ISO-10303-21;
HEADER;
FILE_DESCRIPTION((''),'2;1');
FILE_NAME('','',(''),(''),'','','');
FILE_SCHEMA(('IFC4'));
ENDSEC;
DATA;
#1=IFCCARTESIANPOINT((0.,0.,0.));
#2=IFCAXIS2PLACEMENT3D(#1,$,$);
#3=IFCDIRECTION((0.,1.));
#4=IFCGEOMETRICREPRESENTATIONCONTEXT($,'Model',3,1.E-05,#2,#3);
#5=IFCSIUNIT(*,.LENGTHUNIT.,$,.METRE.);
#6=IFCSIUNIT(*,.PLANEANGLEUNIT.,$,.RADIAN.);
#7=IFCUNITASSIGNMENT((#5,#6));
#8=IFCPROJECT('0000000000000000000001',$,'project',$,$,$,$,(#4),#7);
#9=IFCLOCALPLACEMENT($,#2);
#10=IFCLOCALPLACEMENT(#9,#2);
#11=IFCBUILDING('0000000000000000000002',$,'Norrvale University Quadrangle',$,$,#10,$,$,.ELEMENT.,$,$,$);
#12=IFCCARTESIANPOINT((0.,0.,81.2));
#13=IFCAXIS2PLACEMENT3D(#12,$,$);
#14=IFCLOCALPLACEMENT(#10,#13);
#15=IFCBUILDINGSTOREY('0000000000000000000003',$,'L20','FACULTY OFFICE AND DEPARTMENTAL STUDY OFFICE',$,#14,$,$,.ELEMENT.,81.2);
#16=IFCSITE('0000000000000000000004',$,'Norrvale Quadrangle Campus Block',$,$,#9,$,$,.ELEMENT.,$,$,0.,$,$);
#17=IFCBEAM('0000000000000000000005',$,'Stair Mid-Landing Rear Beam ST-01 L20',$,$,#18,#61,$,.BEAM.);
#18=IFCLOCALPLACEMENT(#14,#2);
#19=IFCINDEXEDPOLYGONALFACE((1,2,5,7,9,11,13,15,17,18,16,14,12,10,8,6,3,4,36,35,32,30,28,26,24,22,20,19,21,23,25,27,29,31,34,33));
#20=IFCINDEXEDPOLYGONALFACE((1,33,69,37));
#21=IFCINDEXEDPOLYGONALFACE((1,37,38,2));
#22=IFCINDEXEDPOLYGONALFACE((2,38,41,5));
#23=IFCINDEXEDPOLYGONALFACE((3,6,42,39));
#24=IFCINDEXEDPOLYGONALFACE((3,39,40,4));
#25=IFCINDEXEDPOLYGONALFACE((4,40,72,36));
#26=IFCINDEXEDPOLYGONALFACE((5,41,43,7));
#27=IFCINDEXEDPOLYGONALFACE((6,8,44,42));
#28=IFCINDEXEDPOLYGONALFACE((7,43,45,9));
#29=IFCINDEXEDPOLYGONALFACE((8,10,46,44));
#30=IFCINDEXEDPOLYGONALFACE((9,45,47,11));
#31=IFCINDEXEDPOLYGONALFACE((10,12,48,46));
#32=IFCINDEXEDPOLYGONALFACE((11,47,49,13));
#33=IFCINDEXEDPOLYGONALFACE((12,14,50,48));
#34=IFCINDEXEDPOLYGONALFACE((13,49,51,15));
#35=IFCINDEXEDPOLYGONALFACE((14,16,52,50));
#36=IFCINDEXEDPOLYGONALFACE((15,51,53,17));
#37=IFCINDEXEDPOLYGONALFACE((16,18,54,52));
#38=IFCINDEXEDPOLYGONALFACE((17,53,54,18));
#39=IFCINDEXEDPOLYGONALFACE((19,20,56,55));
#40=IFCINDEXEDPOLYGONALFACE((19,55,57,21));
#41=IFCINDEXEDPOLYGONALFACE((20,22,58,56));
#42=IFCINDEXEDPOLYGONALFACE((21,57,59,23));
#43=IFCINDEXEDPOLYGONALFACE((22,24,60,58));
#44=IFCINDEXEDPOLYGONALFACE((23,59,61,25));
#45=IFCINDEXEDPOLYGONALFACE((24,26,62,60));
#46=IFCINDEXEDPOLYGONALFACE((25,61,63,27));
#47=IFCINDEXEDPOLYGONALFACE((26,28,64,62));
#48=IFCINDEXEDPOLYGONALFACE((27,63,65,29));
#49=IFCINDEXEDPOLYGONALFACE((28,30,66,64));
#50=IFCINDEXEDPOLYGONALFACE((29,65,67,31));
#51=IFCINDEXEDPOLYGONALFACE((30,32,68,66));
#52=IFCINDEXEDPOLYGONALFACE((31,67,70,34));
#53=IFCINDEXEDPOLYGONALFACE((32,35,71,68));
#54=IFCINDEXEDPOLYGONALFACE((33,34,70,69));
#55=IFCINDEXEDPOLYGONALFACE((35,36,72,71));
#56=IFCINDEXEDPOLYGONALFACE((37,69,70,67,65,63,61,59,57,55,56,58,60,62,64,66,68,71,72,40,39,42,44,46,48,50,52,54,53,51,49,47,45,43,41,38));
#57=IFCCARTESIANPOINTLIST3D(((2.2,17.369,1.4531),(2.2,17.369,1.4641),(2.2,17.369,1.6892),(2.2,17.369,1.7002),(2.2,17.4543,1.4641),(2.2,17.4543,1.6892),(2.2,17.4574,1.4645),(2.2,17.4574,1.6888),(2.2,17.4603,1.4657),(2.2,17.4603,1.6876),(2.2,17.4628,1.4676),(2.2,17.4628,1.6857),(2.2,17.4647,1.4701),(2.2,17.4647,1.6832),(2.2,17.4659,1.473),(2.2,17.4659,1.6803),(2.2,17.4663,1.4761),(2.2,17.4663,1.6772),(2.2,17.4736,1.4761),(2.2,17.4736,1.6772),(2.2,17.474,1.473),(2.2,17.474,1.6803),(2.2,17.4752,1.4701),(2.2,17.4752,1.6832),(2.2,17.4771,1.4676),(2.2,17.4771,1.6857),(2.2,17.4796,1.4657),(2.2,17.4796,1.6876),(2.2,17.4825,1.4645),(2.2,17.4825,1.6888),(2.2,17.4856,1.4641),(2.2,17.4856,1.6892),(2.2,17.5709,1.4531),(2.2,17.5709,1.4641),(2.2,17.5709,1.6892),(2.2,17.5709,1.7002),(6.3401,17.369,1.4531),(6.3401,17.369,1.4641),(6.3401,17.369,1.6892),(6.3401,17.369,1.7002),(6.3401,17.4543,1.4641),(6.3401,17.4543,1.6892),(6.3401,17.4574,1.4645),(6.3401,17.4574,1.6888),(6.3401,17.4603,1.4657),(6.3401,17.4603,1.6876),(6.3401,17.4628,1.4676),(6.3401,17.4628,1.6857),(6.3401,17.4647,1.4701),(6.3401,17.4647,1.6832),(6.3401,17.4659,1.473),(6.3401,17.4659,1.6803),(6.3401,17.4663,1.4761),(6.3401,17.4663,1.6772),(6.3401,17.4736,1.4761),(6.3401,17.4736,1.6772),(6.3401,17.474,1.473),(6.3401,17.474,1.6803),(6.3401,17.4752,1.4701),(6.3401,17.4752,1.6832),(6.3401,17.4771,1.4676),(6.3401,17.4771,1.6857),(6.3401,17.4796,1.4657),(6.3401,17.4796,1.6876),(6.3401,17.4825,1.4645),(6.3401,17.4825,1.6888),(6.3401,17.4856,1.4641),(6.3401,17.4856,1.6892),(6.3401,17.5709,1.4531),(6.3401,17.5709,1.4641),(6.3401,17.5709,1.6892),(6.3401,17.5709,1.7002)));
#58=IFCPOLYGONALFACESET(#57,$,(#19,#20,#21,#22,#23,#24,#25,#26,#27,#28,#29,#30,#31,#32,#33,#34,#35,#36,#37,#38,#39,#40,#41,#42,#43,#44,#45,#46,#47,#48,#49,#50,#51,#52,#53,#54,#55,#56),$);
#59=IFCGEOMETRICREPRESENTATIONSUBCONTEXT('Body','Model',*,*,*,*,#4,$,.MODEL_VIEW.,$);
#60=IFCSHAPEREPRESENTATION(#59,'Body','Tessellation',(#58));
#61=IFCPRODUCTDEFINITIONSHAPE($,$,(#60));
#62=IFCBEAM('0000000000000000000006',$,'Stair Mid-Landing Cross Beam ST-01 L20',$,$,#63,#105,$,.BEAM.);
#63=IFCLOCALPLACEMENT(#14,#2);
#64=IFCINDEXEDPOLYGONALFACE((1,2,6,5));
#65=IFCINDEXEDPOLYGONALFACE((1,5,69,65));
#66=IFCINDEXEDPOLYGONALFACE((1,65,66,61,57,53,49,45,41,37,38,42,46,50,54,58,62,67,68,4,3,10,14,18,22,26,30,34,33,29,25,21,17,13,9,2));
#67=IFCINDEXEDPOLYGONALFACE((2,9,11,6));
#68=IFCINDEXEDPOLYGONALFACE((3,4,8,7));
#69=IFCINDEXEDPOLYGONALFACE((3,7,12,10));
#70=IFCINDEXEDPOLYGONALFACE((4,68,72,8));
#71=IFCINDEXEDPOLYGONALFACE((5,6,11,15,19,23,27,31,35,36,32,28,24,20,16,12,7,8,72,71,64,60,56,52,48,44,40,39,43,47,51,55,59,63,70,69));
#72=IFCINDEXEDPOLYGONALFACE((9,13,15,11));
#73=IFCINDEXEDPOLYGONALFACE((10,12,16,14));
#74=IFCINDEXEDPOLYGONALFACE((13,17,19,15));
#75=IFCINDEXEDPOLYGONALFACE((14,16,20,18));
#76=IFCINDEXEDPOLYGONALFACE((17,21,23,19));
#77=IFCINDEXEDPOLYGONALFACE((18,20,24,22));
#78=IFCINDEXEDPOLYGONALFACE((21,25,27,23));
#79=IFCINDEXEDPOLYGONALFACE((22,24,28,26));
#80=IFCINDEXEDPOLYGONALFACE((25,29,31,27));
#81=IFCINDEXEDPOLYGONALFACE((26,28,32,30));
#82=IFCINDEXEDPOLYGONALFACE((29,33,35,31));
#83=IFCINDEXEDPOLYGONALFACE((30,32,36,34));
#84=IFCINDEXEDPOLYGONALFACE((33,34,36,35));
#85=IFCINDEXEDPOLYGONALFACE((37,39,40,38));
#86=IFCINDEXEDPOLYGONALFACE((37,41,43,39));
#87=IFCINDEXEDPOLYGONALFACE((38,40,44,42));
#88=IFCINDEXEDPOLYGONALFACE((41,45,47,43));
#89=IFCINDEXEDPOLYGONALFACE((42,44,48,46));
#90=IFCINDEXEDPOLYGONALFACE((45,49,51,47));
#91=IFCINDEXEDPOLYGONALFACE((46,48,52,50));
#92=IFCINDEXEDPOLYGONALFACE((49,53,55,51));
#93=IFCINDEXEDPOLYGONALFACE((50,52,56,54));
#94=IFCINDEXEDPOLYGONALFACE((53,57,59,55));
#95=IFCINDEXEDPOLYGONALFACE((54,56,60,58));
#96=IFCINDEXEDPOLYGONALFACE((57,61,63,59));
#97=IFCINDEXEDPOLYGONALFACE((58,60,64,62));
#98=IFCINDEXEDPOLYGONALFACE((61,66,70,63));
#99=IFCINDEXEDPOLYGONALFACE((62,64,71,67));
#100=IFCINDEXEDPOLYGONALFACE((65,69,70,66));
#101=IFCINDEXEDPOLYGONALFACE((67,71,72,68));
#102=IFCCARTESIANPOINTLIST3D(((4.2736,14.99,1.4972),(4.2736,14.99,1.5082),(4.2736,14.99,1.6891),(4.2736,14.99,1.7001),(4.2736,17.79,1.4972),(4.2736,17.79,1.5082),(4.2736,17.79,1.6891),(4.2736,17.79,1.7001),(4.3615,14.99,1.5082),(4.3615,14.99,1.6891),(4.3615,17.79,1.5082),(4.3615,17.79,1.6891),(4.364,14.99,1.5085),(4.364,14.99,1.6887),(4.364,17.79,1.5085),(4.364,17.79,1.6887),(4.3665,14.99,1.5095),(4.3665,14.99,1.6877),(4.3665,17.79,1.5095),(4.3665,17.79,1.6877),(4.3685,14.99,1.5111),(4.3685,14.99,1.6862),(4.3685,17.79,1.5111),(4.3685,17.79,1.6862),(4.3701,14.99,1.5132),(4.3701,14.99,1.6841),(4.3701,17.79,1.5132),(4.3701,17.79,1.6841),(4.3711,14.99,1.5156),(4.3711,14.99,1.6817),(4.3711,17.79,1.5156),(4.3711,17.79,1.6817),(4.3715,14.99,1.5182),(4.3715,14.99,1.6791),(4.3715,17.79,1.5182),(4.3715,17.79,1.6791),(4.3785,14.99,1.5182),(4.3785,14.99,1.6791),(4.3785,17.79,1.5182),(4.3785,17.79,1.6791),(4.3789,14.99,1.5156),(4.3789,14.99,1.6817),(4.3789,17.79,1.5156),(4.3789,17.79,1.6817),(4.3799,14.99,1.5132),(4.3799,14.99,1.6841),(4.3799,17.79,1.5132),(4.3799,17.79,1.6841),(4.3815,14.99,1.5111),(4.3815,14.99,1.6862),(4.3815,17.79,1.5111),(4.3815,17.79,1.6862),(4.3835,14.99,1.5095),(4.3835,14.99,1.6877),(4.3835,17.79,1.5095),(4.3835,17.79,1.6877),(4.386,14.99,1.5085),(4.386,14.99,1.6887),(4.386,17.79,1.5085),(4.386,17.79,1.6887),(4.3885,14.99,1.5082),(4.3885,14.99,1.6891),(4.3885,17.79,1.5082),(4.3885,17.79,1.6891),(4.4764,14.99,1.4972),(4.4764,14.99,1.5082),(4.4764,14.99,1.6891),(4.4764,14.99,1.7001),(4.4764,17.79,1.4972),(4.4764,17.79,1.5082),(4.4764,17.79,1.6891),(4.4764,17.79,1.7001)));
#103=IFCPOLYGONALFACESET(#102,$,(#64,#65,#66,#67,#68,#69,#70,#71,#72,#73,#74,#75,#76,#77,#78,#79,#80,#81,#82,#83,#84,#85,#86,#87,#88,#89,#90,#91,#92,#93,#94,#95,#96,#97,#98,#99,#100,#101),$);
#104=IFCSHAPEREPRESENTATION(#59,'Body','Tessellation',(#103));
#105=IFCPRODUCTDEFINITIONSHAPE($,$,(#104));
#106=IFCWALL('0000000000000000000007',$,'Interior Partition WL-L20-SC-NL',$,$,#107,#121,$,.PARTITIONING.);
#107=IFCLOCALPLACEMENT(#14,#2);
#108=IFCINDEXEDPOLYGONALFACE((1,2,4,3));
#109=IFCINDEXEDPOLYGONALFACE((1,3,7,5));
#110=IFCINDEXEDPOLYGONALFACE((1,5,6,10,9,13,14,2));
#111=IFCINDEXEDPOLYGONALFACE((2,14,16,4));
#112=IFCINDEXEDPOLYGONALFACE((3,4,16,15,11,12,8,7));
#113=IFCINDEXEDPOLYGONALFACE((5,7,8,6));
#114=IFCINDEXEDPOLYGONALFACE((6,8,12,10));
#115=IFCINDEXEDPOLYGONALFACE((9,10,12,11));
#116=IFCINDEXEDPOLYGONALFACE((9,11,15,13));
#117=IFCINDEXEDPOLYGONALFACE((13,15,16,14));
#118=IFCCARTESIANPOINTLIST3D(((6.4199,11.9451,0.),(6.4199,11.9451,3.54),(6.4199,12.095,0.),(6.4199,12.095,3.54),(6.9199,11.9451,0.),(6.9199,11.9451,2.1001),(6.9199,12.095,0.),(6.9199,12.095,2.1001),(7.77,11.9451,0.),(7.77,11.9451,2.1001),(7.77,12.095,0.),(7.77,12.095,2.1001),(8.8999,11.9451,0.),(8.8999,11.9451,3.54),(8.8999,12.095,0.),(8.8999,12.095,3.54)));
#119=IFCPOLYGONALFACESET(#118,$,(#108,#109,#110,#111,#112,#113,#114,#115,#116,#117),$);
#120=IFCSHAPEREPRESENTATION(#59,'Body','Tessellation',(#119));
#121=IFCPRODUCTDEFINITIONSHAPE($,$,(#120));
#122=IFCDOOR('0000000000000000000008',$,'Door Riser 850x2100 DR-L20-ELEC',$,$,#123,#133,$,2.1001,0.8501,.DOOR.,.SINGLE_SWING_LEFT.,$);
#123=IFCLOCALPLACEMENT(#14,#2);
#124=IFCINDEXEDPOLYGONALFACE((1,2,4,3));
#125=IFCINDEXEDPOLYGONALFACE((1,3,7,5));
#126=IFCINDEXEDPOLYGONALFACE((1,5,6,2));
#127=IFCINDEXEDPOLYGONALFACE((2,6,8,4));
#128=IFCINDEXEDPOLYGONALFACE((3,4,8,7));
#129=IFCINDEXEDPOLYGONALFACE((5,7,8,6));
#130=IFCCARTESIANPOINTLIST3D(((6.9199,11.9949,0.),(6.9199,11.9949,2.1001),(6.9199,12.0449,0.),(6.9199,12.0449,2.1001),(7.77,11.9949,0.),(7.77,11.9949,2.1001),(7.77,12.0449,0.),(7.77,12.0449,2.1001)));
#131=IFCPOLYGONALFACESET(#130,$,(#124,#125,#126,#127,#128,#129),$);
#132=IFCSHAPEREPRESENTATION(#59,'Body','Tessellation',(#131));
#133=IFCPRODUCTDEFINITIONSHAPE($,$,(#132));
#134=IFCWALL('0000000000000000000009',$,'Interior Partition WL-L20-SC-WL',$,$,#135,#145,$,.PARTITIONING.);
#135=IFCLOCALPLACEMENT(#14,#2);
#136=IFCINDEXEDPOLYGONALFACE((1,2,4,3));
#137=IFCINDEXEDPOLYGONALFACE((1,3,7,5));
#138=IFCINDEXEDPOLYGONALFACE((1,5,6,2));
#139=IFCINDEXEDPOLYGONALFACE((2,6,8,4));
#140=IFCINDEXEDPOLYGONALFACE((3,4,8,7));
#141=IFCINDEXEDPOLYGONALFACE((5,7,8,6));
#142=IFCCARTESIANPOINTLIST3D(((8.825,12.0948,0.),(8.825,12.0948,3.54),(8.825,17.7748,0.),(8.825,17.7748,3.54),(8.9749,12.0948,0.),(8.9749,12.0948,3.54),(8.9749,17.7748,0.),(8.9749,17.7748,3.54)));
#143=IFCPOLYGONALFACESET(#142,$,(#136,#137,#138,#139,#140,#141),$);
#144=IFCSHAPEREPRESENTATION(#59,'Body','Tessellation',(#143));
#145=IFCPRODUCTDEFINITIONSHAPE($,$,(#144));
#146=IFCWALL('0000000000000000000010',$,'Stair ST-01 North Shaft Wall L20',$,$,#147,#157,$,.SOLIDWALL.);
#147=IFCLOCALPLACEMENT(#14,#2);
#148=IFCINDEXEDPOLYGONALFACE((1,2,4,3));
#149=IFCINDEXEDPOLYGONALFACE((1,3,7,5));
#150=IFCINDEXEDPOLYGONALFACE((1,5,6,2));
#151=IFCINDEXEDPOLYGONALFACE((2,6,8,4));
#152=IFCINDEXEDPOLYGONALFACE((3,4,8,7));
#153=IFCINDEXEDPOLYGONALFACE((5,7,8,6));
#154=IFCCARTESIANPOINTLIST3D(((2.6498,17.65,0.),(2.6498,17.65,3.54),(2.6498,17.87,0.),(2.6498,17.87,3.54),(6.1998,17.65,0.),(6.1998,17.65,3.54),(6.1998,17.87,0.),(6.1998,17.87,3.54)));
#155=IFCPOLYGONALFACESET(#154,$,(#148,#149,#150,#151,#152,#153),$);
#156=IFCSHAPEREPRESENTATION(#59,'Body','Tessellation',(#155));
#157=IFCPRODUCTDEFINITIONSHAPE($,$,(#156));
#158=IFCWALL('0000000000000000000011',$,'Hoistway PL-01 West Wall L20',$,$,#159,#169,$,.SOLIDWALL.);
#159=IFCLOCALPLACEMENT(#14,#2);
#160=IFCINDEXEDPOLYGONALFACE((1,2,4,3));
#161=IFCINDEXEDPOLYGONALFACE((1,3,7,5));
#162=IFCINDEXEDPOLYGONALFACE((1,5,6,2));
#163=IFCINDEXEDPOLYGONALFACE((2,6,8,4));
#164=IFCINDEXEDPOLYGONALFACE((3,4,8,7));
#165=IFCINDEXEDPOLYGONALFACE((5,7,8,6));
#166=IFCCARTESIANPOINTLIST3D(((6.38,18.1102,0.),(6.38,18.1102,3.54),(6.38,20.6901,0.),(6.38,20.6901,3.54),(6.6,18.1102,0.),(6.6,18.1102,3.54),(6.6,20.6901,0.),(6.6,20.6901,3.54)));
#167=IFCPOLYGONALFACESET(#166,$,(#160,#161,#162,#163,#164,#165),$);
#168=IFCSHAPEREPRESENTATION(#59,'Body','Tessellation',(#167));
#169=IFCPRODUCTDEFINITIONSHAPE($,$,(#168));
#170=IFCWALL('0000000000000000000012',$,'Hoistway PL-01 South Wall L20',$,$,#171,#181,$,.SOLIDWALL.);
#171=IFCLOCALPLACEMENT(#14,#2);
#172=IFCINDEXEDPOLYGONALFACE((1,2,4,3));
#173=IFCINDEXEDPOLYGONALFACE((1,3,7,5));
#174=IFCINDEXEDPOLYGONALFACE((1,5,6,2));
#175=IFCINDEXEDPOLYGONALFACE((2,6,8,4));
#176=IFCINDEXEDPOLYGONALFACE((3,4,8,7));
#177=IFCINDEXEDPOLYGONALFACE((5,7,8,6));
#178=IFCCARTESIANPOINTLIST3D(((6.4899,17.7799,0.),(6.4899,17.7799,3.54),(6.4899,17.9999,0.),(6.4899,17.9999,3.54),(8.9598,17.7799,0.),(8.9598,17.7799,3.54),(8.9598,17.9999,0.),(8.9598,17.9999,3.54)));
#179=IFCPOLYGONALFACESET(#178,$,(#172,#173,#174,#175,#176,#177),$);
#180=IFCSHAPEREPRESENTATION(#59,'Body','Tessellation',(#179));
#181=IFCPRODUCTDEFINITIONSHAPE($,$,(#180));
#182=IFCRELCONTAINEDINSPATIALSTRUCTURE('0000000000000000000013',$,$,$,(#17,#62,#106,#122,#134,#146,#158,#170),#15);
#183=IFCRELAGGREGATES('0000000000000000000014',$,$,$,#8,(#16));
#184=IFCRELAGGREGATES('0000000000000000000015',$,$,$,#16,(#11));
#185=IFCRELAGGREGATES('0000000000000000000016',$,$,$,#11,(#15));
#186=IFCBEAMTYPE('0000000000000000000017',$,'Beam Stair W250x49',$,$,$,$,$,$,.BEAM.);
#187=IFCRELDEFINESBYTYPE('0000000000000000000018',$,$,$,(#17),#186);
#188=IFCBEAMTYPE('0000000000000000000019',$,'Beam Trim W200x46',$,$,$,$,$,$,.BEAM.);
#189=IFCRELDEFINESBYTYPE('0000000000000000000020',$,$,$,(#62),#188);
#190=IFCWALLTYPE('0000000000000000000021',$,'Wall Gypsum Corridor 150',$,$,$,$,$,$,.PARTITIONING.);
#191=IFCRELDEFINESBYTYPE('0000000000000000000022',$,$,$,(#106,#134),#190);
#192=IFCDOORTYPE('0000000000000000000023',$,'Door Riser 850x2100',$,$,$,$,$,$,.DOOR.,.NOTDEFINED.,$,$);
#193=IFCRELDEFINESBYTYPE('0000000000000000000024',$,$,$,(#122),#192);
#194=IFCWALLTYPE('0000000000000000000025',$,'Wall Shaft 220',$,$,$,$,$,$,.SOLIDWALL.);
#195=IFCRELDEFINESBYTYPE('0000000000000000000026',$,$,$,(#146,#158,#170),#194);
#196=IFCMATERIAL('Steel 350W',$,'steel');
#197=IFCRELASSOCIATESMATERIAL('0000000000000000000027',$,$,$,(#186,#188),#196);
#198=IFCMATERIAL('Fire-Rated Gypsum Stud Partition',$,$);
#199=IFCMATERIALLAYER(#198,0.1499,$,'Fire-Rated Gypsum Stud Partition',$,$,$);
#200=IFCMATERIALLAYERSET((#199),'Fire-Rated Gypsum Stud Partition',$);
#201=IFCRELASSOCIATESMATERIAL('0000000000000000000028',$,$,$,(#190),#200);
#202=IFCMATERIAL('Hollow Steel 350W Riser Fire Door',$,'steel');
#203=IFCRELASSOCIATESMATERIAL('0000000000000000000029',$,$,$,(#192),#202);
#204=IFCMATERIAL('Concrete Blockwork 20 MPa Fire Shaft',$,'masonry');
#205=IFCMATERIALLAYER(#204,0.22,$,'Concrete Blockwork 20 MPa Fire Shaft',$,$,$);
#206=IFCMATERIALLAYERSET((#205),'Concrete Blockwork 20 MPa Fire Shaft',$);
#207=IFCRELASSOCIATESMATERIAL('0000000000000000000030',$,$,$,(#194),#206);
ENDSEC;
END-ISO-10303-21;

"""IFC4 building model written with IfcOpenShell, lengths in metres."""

from ifc_helpers import new_model, si_unit, direction, frame, frame_2d, origin, origin_2d, place, context, subcontext, project, spatial, rectangle, i_section, extrude, material, layer, layer_set, material_profile, profile_set, type_object, element, fill, save


model = new_model("IFC4")

# Units and contexts
model_context = context("Model", 3, precision=1e-05, world=origin(), true_north=direction((0.0, 1.0)))
body_context = subcontext(model_context, "Body", "Model", "MODEL_VIEW")
ifc_project = project(units=[si_unit("LENGTHUNIT", "METRE"), si_unit("PLANEANGLEUNIT", "RADIAN")], contexts=[model_context])

# Site, building, storey
site_placement = place(None, origin())
site = spatial("IfcSite", under=ifc_project, at=site_placement, Name="Norrvale Quadrangle Campus Block", CompositionType="ELEMENT", RefElevation=0.0)
building_placement = place(site_placement, origin())
building = spatial("IfcBuilding", under=site, at=building_placement, Name="Norrvale University Quadrangle", CompositionType="ELEMENT")
storey_placement = place(building_placement, frame((0.0, 0.0, 81.2)))
storey = spatial("IfcBuildingStorey", under=building, at=storey_placement, Name="L20", Description="FACULTY OFFICE AND DEPARTMENTAL STUDY OFFICE", CompositionType="ELEMENT", Elevation=81.2)

# Beams
ifc_material_1 = material(Name="Steel 350W", Category="steel")
ifc_material_profile_1 = material_profile(ifc_material_1, i_section(OverallWidth=0.2019, OverallDepth=0.2471, WebThickness=0.0073, FlangeThickness=0.011, FilletRadius=0.012, at=origin_2d()), Name="Steel 350W")
ifc_profile_set_1 = profile_set([ifc_material_profile_1], Name="Steel 350W")
beam_type_1 = type_object("IfcBeamType", Name="Beam Stair W250x49", PredefinedType="BEAM", material=ifc_profile_set_1)
for number, where, z_axis, x_axis, name in (
    (1, (2.2, 17.47, 1.5767), (1.0, 0.0, 0.0), (0.0, 1.0, 0.0), "Stair Mid-Landing Rear Beam ST-01 L20"),
):
    element("IfcBeam", number, at=place(storey_placement, frame(where, z_axis=z_axis, x_axis=x_axis)), inside=storey, type_object=beam_type_1, Name=name, PredefinedType="BEAM", context=body_context, shape_type="SweptSolid", body=[
        extrude(i_section(OverallWidth=0.2019, OverallDepth=0.2471, WebThickness=0.0073, FlangeThickness=0.011, FilletRadius=0.012, at=origin_2d()), origin(), (0.0, 0.0, 1.0), 4.1401),
    ])
ifc_material_profile_2 = material_profile(ifc_material_1, i_section(OverallWidth=0.2029, OverallDepth=0.2029, WebThickness=0.0071, FlangeThickness=0.011, FilletRadius=0.01, at=origin_2d()), Name="Steel 350W")
ifc_profile_set_2 = profile_set([ifc_material_profile_2], Name="Steel 350W")
beam_type_2 = type_object("IfcBeamType", Name="Beam Trim W200x46", PredefinedType="BEAM", material=ifc_profile_set_2)
beam_1_placement = place(storey_placement, frame((4.375, 14.99, 1.5986), z_axis=(0.0, 1.0, 0.0), x_axis=(-1.0, 0.0, 0.0)))
element("IfcBeam", 2, at=beam_1_placement, inside=storey, type_object=beam_type_2, Name="Stair Mid-Landing Cross Beam ST-01 L20", PredefinedType="BEAM", context=body_context, shape_type="SweptSolid", body=[
    extrude(i_section(OverallWidth=0.2029, OverallDepth=0.2029, WebThickness=0.0071, FlangeThickness=0.011, FilletRadius=0.01, at=origin_2d()), origin(), (0.0, 0.0, 1.0), 2.8),
])

# Wall, opening, door
ifc_material_2 = material(Name="Fire-Rated Gypsum Stud Partition")
ifc_layer_1 = layer(ifc_material_2, 0.1499, Name="Fire-Rated Gypsum Stud Partition")
ifc_layer_set_1 = layer_set([ifc_layer_1], Name="Fire-Rated Gypsum Stud Partition")
wall_type_1 = type_object("IfcWallType", Name="Wall Gypsum Corridor 150", PredefinedType="PARTITIONING", material=ifc_layer_set_1)
wall_1_placement = place(storey_placement, frame((6.4199, 12.02, 0.0), z_axis=(0.0, 0.0, 1.0), x_axis=(1.0, 0.0, 0.0)))
wall_1 = element("IfcWall", 3, at=wall_1_placement, inside=storey, type_object=wall_type_1, Name="Interior Partition WL-L20-SC-NL", PredefinedType="PARTITIONING", context=body_context, shape_type="SweptSolid", body=[
    extrude(rectangle(XDim=2.48, YDim=0.1499, at=frame_2d((1.24, 0.0))), origin(), (0.0, 0.0, 1.0), 3.54),
])
opening_placement = place(wall_1_placement, frame((0.5, 0.0, 0.0)))
opening = element("IfcOpeningElement", 4, at=opening_placement, cuts=wall_1, PredefinedType="OPENING", context=body_context, shape_type="SweptSolid", body=[
    extrude(rectangle(XDim=0.8501, YDim=2.1001, at=frame_2d((0.425, 1.05))), frame((0.0, 0.0869, 0.0), z_axis=(0.0, -1.0, 0.0), x_axis=(1.0, 0.0, 0.0)), (0.0, 0.0, 1.0), 0.1738),
])
ifc_material_3 = material(Name="Hollow Steel 350W Riser Fire Door", Category="steel")
door_type = type_object("IfcDoorType", Name="Door Riser 850x2100", OperationType="NOTDEFINED", PredefinedType="DOOR", material=ifc_material_3)
door_placement = place(opening_placement, origin())
door = element("IfcDoor", 5, at=door_placement, inside=storey, type_object=door_type, Name="Door Riser 850x2100 DR-L20-ELEC", OperationType="SINGLE_SWING_LEFT", OverallHeight=2.1001, OverallWidth=0.8501, PredefinedType="DOOR", context=body_context, shape_type="SweptSolid", body=[
    extrude(rectangle(XDim=0.8501, YDim=2.1001, at=frame_2d((0.425, 1.05))), frame((0.0, 0.0249, 0.0), z_axis=(0.0, -1.0, 0.0), x_axis=(1.0, 0.0, 0.0)), (0.0, 0.0, 1.0), 0.05),
])
fill(opening, door)

# Walls
wall_2_placement = place(storey_placement, frame((8.8999, 12.095, 0.0), z_axis=(0.0, 0.0, 1.0), x_axis=(0.0, 1.0, 0.0)))
element("IfcWall", 6, at=wall_2_placement, inside=storey, type_object=wall_type_1, Name="Interior Partition WL-L20-SC-WL", PredefinedType="PARTITIONING", context=body_context, shape_type="SweptSolid", body=[
    extrude(rectangle(XDim=5.6799, YDim=0.1499, at=frame_2d((2.8398, 0.0))), origin(), (0.0, 0.0, 1.0), 3.54),
])
ifc_material_4 = material(Name="Concrete Blockwork 20 MPa Fire Shaft", Category="masonry")
ifc_layer_2 = layer(ifc_material_4, 0.22, Name="Concrete Blockwork 20 MPa Fire Shaft")
ifc_layer_set_2 = layer_set([ifc_layer_2], Name="Concrete Blockwork 20 MPa Fire Shaft")
wall_type_2 = type_object("IfcWallType", Name="Wall Shaft 220", PredefinedType="SOLIDWALL", material=ifc_layer_set_2)
wall_3_placement = place(storey_placement, frame((2.6499, 17.76, 0.0), z_axis=(0.0, 0.0, 1.0), x_axis=(1.0, 0.0, 0.0)))
element("IfcWall", 7, at=wall_3_placement, inside=storey, type_object=wall_type_2, Name="Stair ST-01 North Shaft Wall L20", PredefinedType="SOLIDWALL", context=body_context, shape_type="SweptSolid", body=[
    extrude(rectangle(XDim=3.55, YDim=0.22, at=frame_2d((1.7749, 0.0))), origin(), (0.0, 0.0, 1.0), 3.54),
])
wall_4_placement = place(storey_placement, frame((6.49, 18.1101, 0.0), z_axis=(0.0, 0.0, 1.0), x_axis=(0.0, 1.0, 0.0)))
element("IfcWall", 8, at=wall_4_placement, inside=storey, type_object=wall_type_2, Name="Hoistway PL-01 West Wall L20", PredefinedType="SOLIDWALL", context=body_context, shape_type="SweptSolid", body=[
    extrude(rectangle(XDim=2.5798, YDim=0.22, at=frame_2d((1.29, 0.0))), origin(), (0.0, 0.0, 1.0), 3.54),
])
for number, where, z_axis, x_axis, name in (
    (9, (6.49, 17.8899, 0.0), (0.0, 0.0, 1.0), (1.0, 0.0, 0.0), "Hoistway PL-01 South Wall L20"),
):
    element("IfcWall", number, at=place(storey_placement, frame(where, z_axis=z_axis, x_axis=x_axis)), inside=storey, type_object=wall_type_2, Name=name, PredefinedType="SOLIDWALL", context=body_context, shape_type="SweptSolid", body=[
        extrude(rectangle(XDim=2.47, YDim=0.22, at=frame_2d((1.2349, 0.0))), origin(), (0.0, 0.0, 1.0), 3.54),
    ])

save(model, "model.ifc")
